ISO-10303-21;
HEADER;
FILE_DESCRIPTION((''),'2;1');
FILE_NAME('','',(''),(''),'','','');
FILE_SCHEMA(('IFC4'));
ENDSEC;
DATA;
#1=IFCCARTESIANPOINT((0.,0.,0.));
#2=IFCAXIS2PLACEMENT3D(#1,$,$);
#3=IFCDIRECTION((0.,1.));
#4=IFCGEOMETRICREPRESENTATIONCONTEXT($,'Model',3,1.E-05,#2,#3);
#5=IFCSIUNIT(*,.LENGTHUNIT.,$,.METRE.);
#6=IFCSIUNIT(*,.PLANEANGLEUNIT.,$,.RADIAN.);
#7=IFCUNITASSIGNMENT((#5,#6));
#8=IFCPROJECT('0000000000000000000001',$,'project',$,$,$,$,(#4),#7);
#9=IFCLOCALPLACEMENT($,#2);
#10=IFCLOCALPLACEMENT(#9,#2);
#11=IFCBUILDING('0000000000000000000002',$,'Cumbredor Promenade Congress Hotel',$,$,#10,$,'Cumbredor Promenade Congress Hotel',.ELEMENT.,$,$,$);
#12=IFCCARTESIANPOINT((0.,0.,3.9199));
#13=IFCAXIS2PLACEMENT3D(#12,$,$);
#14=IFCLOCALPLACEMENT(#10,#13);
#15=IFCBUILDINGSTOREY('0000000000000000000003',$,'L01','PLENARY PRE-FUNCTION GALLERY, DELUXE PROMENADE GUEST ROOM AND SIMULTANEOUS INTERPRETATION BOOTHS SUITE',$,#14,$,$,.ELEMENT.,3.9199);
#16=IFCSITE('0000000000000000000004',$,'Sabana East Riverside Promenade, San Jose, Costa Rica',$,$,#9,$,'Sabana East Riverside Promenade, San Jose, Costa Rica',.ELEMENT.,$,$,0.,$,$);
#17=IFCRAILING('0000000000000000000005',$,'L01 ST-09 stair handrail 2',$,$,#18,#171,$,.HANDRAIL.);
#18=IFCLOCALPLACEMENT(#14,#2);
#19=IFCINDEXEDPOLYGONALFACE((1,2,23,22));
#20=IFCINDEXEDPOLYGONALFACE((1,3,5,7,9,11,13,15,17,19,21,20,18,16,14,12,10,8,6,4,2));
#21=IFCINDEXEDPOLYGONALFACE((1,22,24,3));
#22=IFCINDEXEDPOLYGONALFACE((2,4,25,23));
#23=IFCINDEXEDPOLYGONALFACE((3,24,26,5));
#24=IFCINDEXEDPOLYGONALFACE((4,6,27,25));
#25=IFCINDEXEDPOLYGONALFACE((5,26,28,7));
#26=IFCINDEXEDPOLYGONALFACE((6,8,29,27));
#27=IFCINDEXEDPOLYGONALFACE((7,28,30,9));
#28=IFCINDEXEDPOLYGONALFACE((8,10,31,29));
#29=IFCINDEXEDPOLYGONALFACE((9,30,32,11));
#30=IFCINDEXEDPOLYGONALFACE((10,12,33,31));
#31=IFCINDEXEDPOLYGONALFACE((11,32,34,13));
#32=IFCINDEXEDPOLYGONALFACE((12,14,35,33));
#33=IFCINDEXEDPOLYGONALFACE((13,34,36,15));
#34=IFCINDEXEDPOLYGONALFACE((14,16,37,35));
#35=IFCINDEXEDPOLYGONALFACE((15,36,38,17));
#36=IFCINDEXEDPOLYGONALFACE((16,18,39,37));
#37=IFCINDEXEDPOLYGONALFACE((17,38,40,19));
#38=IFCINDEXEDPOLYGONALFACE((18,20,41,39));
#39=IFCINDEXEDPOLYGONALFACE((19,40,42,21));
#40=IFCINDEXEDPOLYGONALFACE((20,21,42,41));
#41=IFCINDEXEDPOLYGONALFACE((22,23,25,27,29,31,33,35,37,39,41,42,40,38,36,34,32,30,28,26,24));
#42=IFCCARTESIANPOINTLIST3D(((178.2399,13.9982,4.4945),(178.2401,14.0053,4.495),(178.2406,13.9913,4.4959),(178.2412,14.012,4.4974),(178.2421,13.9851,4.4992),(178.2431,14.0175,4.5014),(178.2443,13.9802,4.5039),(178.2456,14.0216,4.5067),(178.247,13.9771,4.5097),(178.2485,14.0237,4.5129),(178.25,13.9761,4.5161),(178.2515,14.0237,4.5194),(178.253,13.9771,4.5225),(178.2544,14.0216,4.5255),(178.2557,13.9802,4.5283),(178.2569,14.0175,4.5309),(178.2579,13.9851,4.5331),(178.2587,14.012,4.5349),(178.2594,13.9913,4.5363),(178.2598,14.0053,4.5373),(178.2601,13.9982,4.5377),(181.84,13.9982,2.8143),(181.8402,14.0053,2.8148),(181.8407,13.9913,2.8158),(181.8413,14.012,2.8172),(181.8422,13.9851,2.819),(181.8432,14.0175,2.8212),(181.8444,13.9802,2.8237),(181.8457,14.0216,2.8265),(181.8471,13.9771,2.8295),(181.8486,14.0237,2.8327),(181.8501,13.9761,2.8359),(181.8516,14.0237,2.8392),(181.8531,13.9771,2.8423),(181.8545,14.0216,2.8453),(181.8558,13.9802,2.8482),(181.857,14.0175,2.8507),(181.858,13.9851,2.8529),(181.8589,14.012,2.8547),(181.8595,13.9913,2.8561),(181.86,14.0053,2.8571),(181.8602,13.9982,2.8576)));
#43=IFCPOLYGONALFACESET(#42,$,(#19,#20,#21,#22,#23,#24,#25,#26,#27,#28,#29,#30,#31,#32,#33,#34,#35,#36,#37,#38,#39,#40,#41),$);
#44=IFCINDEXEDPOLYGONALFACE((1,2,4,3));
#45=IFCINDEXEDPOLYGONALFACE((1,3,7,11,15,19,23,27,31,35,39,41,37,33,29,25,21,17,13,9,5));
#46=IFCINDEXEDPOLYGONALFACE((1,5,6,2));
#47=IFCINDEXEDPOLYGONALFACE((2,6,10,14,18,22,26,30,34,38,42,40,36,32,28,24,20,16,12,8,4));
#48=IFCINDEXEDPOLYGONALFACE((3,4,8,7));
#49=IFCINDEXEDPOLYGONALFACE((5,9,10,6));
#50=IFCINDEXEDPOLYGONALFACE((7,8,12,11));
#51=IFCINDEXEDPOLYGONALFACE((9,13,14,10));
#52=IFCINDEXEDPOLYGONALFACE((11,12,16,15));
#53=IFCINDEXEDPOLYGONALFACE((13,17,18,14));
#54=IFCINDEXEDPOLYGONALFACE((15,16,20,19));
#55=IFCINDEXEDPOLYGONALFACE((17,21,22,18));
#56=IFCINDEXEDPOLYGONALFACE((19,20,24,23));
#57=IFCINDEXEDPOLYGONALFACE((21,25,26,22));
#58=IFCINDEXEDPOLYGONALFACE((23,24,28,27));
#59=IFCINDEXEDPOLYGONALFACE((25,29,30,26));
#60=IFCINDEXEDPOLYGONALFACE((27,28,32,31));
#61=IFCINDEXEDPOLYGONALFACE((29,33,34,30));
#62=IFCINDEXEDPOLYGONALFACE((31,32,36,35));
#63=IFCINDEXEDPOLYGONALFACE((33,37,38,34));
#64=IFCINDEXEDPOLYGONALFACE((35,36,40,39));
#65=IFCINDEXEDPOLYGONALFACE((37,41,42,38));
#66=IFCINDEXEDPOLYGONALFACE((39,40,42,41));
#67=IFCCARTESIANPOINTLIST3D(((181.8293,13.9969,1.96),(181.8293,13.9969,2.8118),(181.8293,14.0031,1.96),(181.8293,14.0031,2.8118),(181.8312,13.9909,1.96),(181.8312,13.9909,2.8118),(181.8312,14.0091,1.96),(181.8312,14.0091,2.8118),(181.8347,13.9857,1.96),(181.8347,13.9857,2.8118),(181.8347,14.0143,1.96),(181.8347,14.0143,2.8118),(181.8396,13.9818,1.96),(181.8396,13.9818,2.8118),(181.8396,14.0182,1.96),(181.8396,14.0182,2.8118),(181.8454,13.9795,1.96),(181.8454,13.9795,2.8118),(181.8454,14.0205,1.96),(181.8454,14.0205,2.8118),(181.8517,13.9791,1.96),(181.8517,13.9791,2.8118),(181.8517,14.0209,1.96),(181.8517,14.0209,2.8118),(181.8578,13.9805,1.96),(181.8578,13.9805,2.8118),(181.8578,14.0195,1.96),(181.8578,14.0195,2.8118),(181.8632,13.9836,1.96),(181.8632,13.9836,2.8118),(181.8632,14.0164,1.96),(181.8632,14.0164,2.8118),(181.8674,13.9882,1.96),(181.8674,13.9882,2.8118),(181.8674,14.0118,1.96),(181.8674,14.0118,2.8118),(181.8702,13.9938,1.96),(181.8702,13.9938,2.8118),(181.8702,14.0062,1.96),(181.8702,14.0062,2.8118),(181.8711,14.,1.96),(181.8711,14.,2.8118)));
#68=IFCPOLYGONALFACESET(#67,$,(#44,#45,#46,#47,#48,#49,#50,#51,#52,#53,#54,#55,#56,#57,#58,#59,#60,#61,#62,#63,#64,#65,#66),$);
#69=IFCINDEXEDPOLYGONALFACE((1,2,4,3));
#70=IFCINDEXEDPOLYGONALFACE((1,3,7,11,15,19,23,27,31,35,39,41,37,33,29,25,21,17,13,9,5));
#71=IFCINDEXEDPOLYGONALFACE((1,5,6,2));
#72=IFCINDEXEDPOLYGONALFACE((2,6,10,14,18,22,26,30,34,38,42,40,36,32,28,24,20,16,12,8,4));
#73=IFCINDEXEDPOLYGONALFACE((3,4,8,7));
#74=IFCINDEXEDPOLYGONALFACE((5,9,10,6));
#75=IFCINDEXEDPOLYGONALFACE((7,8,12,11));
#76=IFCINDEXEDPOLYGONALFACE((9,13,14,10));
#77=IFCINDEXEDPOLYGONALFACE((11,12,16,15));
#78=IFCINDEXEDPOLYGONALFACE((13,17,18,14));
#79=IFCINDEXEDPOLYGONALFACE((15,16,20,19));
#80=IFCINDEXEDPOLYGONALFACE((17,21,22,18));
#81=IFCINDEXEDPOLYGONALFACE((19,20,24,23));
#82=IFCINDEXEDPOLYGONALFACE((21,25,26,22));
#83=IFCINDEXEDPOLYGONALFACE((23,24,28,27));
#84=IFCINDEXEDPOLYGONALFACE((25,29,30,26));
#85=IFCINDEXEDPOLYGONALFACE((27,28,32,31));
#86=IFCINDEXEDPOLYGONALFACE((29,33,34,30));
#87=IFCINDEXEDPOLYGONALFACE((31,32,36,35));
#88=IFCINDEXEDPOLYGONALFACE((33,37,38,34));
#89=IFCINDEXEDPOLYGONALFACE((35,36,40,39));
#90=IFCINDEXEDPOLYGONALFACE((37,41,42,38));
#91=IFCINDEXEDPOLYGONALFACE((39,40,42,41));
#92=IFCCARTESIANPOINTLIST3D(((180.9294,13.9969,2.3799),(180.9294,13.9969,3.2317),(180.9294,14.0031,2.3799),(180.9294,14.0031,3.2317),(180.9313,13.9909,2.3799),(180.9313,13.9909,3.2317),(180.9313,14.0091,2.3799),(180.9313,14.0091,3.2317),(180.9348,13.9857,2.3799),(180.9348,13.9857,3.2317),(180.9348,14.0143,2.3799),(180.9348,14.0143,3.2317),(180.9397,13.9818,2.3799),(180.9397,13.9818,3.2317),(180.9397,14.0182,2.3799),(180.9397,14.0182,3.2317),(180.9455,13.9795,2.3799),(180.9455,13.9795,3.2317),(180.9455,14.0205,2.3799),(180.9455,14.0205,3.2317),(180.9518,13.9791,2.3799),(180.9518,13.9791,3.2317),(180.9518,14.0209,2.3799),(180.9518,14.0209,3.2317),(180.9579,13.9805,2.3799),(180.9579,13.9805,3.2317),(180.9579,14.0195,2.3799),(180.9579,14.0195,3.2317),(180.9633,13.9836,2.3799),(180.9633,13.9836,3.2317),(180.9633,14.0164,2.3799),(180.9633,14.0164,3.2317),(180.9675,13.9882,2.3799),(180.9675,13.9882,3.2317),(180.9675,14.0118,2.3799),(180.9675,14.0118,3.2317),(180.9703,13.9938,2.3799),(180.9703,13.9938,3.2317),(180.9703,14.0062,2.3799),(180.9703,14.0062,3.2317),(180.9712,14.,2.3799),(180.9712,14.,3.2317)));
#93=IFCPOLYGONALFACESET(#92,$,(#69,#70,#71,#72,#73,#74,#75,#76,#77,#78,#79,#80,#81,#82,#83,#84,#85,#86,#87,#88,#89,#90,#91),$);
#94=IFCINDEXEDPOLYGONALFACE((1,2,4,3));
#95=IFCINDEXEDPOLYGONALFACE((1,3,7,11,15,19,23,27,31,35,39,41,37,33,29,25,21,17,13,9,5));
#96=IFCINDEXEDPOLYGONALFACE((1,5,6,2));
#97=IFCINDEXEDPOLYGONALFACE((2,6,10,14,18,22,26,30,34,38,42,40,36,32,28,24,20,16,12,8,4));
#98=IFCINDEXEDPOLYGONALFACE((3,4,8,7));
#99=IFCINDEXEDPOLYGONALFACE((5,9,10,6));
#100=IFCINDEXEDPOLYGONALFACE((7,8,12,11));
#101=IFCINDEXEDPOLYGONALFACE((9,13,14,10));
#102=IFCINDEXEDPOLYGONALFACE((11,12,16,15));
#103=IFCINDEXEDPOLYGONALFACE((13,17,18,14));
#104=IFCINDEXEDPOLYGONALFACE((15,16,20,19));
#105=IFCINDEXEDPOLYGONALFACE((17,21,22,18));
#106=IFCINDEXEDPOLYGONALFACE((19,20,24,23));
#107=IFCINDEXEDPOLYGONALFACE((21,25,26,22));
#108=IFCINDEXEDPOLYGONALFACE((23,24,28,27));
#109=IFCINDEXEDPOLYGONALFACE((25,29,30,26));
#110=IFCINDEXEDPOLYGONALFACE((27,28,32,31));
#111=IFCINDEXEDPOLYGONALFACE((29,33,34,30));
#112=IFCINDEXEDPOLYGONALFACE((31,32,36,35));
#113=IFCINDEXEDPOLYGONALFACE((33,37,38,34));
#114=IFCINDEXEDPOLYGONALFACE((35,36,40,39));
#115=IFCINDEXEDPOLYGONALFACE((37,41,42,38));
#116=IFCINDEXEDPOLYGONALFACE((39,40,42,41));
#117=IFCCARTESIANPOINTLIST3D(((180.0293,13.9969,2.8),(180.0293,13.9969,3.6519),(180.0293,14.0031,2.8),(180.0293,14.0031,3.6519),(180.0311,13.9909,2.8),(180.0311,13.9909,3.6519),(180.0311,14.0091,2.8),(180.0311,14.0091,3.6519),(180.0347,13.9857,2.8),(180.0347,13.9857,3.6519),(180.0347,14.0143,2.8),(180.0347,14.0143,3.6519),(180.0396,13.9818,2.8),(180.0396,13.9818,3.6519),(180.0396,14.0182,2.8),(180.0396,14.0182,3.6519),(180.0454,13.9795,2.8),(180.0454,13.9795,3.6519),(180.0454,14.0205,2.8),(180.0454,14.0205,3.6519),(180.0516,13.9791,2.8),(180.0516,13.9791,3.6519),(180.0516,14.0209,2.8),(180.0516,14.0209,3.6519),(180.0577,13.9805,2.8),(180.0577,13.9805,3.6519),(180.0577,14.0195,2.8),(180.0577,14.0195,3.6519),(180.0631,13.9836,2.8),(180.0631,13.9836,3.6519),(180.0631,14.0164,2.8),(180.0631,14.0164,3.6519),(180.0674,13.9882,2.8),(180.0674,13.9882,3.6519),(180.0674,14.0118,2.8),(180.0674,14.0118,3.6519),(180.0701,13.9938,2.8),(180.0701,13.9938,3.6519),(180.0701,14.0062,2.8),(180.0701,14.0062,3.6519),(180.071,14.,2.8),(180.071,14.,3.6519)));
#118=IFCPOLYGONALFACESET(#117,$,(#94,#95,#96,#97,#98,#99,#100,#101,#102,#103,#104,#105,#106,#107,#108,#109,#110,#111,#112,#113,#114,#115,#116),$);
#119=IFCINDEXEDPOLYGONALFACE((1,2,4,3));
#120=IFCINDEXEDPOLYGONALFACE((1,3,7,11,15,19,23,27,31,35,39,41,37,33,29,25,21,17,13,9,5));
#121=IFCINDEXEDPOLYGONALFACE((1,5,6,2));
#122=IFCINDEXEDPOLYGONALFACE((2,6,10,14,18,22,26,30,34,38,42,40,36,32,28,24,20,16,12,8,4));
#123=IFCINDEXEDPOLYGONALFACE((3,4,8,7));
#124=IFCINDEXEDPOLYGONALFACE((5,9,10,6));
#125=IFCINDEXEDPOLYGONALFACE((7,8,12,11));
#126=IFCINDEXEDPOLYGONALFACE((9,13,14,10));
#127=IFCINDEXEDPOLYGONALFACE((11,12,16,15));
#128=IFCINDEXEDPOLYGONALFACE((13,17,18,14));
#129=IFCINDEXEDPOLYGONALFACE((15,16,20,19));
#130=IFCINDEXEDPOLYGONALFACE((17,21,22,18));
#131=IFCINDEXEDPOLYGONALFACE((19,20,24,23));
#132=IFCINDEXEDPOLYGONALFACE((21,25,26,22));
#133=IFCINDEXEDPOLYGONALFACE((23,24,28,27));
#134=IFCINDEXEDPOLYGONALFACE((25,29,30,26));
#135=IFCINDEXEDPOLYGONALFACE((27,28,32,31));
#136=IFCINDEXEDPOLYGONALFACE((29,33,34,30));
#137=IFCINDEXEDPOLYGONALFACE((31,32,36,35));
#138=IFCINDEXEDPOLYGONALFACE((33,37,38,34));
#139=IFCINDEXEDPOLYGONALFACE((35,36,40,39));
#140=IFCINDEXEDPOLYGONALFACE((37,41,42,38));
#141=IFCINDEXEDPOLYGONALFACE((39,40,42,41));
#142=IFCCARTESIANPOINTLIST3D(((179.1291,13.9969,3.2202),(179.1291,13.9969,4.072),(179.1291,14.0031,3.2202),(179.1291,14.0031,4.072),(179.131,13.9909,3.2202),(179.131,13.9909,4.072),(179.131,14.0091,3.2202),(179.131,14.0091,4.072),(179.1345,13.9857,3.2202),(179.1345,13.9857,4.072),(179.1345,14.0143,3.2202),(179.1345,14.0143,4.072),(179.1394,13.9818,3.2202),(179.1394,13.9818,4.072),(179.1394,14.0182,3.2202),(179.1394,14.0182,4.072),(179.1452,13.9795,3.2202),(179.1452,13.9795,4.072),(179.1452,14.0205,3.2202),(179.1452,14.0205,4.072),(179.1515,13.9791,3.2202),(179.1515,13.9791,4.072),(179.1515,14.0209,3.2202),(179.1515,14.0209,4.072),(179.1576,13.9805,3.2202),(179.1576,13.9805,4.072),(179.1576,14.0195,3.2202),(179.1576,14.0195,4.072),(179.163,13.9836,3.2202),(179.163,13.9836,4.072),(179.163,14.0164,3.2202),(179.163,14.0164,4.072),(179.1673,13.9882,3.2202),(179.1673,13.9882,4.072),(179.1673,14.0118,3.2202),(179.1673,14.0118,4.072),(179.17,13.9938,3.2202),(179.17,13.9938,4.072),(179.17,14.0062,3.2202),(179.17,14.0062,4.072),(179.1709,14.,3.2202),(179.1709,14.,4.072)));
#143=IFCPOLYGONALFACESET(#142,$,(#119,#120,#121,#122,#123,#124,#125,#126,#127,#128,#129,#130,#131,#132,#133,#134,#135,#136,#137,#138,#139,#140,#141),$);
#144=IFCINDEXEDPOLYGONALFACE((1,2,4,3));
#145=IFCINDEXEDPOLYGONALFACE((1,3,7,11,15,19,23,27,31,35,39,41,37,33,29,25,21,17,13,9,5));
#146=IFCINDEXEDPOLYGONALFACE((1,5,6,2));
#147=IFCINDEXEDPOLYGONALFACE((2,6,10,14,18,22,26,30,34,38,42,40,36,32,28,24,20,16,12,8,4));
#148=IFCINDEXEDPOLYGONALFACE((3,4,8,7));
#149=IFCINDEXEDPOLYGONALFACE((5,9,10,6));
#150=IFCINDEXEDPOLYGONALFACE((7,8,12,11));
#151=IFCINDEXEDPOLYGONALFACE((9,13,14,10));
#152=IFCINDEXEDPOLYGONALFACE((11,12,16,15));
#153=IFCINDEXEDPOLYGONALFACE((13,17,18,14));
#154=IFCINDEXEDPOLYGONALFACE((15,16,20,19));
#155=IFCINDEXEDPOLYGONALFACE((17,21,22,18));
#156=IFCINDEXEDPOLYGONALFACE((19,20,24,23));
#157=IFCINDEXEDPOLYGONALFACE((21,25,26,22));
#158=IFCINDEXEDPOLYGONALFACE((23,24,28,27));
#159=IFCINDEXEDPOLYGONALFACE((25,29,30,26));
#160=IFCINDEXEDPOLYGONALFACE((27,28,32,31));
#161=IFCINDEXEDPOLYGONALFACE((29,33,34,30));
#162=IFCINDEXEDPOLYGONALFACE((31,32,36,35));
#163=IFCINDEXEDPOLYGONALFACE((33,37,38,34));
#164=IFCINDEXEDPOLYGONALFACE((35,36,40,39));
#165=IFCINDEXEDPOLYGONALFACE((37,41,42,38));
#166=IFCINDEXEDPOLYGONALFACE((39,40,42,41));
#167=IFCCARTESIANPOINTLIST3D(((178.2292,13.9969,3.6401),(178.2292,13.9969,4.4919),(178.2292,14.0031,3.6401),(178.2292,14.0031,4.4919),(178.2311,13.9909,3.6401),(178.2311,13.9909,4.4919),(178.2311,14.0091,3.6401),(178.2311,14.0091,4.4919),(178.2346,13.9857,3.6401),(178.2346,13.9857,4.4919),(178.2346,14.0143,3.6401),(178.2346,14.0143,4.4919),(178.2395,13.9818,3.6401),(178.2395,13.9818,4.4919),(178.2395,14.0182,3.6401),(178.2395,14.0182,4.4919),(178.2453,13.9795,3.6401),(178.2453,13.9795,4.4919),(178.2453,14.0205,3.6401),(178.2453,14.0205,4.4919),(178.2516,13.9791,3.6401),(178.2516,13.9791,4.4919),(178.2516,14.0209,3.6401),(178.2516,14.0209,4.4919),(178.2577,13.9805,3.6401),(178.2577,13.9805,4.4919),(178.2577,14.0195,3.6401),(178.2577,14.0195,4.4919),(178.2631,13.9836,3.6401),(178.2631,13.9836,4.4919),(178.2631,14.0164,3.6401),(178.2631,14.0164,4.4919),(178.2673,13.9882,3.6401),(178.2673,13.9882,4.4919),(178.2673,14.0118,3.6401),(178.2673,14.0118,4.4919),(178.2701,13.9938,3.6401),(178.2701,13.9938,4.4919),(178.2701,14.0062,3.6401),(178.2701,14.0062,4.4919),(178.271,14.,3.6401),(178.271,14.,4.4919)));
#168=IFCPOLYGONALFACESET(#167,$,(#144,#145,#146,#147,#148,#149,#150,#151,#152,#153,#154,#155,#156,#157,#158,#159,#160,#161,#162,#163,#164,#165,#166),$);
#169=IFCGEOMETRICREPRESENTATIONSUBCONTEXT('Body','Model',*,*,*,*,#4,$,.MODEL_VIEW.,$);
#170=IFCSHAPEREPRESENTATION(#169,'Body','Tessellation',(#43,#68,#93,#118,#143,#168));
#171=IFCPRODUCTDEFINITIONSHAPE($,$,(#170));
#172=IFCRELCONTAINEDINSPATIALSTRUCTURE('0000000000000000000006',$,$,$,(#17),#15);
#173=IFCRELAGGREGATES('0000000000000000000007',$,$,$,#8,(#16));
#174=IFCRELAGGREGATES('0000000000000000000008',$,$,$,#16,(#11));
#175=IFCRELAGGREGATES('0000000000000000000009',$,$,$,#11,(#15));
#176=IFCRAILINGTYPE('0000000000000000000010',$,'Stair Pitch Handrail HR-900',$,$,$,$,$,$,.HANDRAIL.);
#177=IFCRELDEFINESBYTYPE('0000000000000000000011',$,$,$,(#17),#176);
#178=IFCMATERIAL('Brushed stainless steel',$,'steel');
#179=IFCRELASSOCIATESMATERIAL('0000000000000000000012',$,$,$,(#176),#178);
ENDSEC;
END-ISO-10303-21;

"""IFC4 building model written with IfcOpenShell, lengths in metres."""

from ifc_helpers import new_model, si_unit, direction, frame, origin, origin_2d, place, context, subcontext, project, spatial, circle, extrude, material, type_object, element, save


model = new_model("IFC4")

# Units and contexts
model_context = context("Model", 3, precision=1e-05, world=origin(), true_north=direction((0.0, 1.0)))
body_context = subcontext(model_context, "Body", "Model", "MODEL_VIEW")
ifc_project = project(units=[si_unit("LENGTHUNIT", "METRE"), si_unit("PLANEANGLEUNIT", "RADIAN")], contexts=[model_context])

# Site, building, storey
site_placement = place(None, origin())
site = spatial("IfcSite", under=ifc_project, at=site_placement, Name="Sabana East Riverside Promenade, San Jose, Costa Rica", LongName="Sabana East Riverside Promenade, San Jose, Costa Rica", CompositionType="ELEMENT", RefElevation=0.0)
building_placement = place(site_placement, origin())
building = spatial("IfcBuilding", under=site, at=building_placement, Name="Cumbredor Promenade Congress Hotel", LongName="Cumbredor Promenade Congress Hotel", CompositionType="ELEMENT")
storey_placement = place(building_placement, frame((0.0, 0.0, 3.9199)))
storey = spatial("IfcBuildingStorey", under=building, at=storey_placement, Name="L01", Description="PLENARY PRE-FUNCTION GALLERY, DELUXE PROMENADE GUEST ROOM AND SIMULTANEOUS INTERPRETATION BOOTHS SUITE", CompositionType="ELEMENT", Elevation=3.9199)

# Railing
ifc_material_1 = material(Name="Brushed stainless steel", Category="steel")
railing_type_1 = type_object("IfcRailingType", Name="Stair Pitch Handrail HR-900", PredefinedType="HANDRAIL", material=ifc_material_1)
railing_1_placement = place(storey_placement, frame((181.8501, 14.0, 1.96)))
element("IfcRailing", 1, at=railing_1_placement, inside=storey, type_object=railing_type_1, Name="L01 ST-09 stair handrail 2", PredefinedType="HANDRAIL", context=body_context, shape_type="SweptSolid", body=[
    extrude(circle(Radius=0.0239, at=origin_2d()), frame((0.0, 0.0, 0.876), z_axis=(-0.906171, 0.0, 0.422912), x_axis=(0.0, -1.0, 0.0)), (0.0, 0.0, 1.0), 3.9729),
    extrude(circle(Radius=0.021, at=origin_2d()), origin(), (0.0, 0.0, 1.0), 0.8518),
    extrude(circle(Radius=0.021, at=origin_2d()), frame((-0.8999, 0.0, 0.4199)), (0.0, 0.0, 1.0), 0.8518),
    extrude(circle(Radius=0.021, at=origin_2d()), frame((-1.8, 0.0, 0.8401)), (0.0, 0.0, 1.0), 0.8518),
    extrude(circle(Radius=0.021, at=origin_2d()), frame((-2.7002, 0.0, 1.2603)), (0.0, 0.0, 1.0), 0.8518),
    extrude(circle(Radius=0.021, at=origin_2d()), frame((-3.6001, 0.0, 1.6802)), (0.0, 0.0, 1.0), 0.8518),
])

save(model, "model.ifc")
